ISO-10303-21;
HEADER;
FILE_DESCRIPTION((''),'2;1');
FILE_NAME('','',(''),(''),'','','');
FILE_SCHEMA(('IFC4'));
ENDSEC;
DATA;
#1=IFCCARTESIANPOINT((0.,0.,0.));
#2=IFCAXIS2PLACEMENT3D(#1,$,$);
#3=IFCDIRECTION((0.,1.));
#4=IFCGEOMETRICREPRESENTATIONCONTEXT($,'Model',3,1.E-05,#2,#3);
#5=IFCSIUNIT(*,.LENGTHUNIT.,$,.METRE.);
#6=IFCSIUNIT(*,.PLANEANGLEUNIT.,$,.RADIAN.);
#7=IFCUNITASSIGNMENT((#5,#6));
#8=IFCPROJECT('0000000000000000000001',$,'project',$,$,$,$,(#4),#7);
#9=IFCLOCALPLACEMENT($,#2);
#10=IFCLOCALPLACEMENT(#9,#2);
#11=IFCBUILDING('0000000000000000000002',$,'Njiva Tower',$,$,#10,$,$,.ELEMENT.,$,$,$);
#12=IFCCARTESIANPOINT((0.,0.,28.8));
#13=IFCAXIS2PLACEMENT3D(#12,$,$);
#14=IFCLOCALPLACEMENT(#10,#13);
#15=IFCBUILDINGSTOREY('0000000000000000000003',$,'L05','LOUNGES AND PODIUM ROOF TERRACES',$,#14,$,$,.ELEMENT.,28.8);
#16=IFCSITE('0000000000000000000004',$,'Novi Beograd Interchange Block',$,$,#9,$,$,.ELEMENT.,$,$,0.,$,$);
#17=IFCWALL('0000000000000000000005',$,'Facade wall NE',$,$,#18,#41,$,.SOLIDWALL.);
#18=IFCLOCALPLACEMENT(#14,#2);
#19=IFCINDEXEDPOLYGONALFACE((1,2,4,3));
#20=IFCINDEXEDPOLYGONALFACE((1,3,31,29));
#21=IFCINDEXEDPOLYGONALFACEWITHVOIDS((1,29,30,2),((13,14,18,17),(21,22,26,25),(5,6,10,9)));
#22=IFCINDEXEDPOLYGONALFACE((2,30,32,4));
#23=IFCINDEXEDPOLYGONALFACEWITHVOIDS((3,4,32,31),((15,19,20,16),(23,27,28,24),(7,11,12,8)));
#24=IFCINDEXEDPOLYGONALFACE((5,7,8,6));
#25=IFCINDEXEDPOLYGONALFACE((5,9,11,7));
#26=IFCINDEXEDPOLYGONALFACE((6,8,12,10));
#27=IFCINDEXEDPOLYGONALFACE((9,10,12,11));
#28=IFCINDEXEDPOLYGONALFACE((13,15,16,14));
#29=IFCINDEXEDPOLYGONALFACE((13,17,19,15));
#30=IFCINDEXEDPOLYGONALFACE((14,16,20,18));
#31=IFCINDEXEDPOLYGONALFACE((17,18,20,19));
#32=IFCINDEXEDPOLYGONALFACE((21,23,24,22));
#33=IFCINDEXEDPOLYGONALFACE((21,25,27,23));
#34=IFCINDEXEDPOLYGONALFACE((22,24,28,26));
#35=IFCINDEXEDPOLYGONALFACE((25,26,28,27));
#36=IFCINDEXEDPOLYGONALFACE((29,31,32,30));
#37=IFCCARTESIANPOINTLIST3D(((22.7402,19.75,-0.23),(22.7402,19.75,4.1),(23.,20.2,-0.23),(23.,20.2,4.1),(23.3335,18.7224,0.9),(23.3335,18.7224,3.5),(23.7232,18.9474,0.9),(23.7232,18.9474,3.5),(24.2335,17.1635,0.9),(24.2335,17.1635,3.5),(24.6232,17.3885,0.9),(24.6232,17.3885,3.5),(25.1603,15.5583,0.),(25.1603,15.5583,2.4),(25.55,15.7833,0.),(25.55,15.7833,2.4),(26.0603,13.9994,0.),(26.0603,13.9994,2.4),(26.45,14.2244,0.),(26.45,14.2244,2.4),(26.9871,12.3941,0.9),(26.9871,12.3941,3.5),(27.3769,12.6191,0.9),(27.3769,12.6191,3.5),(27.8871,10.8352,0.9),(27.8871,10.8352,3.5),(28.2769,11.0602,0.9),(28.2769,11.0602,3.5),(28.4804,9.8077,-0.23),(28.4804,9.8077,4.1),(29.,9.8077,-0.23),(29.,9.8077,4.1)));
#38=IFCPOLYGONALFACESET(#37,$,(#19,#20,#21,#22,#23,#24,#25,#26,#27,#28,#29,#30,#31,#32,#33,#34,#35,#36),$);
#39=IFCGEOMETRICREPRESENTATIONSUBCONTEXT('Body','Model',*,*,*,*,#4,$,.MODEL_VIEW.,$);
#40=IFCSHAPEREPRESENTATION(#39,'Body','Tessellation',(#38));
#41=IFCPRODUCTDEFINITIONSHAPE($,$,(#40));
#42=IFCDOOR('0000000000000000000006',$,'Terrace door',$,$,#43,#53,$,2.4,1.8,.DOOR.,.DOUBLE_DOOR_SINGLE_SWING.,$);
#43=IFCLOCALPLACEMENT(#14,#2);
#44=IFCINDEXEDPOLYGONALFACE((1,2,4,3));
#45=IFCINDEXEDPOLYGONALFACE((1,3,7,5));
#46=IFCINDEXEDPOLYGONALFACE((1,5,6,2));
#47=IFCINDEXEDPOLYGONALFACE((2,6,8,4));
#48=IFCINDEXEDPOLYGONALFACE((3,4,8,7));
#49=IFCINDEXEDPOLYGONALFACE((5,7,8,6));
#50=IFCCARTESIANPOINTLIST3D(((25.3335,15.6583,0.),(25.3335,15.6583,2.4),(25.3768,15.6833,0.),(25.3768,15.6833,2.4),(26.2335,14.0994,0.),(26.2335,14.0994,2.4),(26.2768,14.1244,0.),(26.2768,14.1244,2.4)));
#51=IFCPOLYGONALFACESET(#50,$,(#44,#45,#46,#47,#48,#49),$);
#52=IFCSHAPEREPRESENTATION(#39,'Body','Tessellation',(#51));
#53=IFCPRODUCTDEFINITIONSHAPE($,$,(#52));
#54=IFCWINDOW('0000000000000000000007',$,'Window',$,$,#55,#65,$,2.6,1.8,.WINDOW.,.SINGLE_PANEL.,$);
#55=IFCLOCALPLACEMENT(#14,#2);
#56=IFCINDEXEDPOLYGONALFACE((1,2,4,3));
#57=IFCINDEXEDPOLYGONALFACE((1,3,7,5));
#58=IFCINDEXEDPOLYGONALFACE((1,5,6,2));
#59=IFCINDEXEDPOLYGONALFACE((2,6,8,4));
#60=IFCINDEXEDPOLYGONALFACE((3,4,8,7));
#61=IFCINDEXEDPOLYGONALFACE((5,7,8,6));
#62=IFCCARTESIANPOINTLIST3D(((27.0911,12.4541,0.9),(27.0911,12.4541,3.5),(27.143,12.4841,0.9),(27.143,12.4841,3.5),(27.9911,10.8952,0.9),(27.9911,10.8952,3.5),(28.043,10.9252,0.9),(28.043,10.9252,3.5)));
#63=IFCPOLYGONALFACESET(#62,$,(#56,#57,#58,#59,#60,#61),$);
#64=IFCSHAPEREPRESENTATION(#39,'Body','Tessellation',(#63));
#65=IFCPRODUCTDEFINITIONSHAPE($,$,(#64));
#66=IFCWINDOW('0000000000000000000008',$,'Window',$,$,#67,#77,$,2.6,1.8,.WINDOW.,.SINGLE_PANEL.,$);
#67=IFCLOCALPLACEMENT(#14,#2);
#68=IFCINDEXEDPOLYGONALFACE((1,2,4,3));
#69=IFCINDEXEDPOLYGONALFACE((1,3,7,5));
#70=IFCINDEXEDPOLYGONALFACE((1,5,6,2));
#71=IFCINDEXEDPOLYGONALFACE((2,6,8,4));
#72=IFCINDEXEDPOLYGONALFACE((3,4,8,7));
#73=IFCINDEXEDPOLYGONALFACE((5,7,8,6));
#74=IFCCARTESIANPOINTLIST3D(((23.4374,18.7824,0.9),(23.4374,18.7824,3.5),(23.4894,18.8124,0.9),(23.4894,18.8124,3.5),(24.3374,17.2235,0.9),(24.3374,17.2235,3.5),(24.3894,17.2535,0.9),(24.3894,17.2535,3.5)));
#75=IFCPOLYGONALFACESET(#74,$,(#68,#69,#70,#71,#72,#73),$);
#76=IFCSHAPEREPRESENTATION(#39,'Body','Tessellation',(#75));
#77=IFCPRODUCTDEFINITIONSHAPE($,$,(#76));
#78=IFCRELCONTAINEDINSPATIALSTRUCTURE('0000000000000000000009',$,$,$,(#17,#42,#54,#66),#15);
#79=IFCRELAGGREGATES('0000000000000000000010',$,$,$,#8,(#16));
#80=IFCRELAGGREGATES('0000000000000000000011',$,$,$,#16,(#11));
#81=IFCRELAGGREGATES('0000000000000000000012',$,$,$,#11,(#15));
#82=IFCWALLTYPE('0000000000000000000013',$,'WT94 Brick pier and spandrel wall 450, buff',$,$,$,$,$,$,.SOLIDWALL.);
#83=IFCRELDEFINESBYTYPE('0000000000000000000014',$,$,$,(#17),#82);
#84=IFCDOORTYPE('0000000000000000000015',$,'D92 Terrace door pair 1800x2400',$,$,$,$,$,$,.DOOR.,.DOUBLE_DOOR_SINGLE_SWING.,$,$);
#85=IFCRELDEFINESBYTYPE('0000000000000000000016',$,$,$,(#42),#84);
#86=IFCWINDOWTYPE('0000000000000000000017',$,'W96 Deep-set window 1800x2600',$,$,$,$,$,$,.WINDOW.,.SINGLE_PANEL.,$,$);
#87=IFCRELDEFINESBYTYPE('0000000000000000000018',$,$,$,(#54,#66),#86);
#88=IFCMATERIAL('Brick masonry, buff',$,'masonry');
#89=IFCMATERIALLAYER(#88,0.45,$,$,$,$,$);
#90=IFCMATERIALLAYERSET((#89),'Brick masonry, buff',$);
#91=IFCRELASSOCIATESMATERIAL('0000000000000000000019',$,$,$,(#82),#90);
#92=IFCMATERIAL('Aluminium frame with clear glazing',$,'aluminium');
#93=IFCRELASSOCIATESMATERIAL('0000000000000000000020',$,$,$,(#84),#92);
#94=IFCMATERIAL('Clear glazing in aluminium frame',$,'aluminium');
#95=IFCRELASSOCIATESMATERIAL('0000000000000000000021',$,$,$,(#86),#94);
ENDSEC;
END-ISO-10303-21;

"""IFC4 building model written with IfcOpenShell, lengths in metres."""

from ifc_helpers import new_model, si_unit, direction, frame, frame_2d, origin, place, context, subcontext, project, spatial, polyline, rectangle, outline, extrude, material, layer, layer_set, type_object, element, fill, save


model = new_model("IFC4")

# Units and contexts
model_context = context("Model", 3, precision=1e-05, world=origin(), true_north=direction((0.0, 1.0)))
body_context = subcontext(model_context, "Body", "Model", "MODEL_VIEW")
ifc_project = project(units=[si_unit("LENGTHUNIT", "METRE"), si_unit("PLANEANGLEUNIT", "RADIAN")], contexts=[model_context])

# Site, building, storey
site_placement = place(None, origin())
site = spatial("IfcSite", under=ifc_project, at=site_placement, Name="Novi Beograd Interchange Block", CompositionType="ELEMENT", RefElevation=0.0)
building_placement = place(site_placement, origin())
building = spatial("IfcBuilding", under=site, at=building_placement, Name="Njiva Tower", CompositionType="ELEMENT")
storey_placement = place(building_placement, frame((0.0, 0.0, 28.8)))
storey = spatial("IfcBuildingStorey", under=building, at=storey_placement, Name="L05", Description="LOUNGES AND PODIUM ROOF TERRACES", CompositionType="ELEMENT", Elevation=28.8)

# Wall, openings, door, windows
ifc_material_1 = material(Name="Brick masonry, buff", Category="masonry")
ifc_layer_1 = layer(ifc_material_1, 0.45)
ifc_layer_set_1 = layer_set([ifc_layer_1], Name="Brick masonry, buff")
wall_type_1 = type_object("IfcWallType", Name="WT94 Brick pier and spandrel wall 450, buff", PredefinedType="SOLIDWALL", material=ifc_layer_set_1)
wall_1_placement = place(storey_placement, frame((28.7402, 9.8077, -0.23), z_axis=(0.0, 0.0, 1.0), x_axis=(-0.5, 0.866025, 0.0)))
wall_1 = element("IfcWall", 1, at=wall_1_placement, inside=storey, type_object=wall_type_1, Name="Facade wall NE", PredefinedType="SOLIDWALL", context=body_context, shape_type="SweptSolid", body=[
    extrude(outline(polyline([(-0.1299, -0.225), (11.8701, -0.225), (11.6103, 0.225), (0.1299, 0.225), (-0.1299, -0.225)])), origin(), (0.0, 0.0, 1.0), 4.33),
])
opening_1_placement = place(wall_1_placement, frame((1.3164, 0.0, 1.13)))
opening_1 = element("IfcOpeningElement", 2, at=opening_1_placement, cuts=wall_1, PredefinedType="OPENING", context=body_context, shape_type="SweptSolid", body=[
    extrude(rectangle(XDim=1.8, YDim=2.6, at=frame_2d((0.9, 1.3))), frame((0.0, 0.235, 0.0), z_axis=(0.0, -1.0, 0.0), x_axis=(1.0, 0.0, 0.0)), (0.0, 0.0, 1.0), 0.47),
])
opening_2_placement = place(wall_1_placement, frame((4.9701, 0.0, 0.23)))
opening_2 = element("IfcOpeningElement", 3, at=opening_2_placement, cuts=wall_1, PredefinedType="OPENING", context=body_context, shape_type="SweptSolid", body=[
    extrude(rectangle(XDim=1.8, YDim=2.4, at=frame_2d((0.9, 1.2))), frame((0.0, 0.235, 0.0), z_axis=(0.0, -1.0, 0.0), x_axis=(1.0, 0.0, 0.0)), (0.0, 0.0, 1.0), 0.47),
])
opening_3_placement = place(wall_1_placement, frame((8.6237, 0.0, 1.13)))
opening_3 = element("IfcOpeningElement", 4, at=opening_3_placement, cuts=wall_1, PredefinedType="OPENING", context=body_context, shape_type="SweptSolid", body=[
    extrude(rectangle(XDim=1.8, YDim=2.6, at=frame_2d((0.9, 1.3))), frame((0.0, 0.235, 0.0), z_axis=(0.0, -1.0, 0.0), x_axis=(1.0, 0.0, 0.0)), (0.0, 0.0, 1.0), 0.47),
])
ifc_material_2 = material(Name="Aluminium frame with clear glazing", Category="aluminium")
door_type_1 = type_object("IfcDoorType", Name="D92 Terrace door pair 1800x2400", OperationType="DOUBLE_DOOR_SINGLE_SWING", PredefinedType="DOOR", material=ifc_material_2)
door_1_placement = place(opening_2_placement, frame((1.8, 0.0, 0.0), z_axis=(0.0, 0.0, 1.0), x_axis=(-1.0, 0.0, 0.0)))
door_1 = element("IfcDoor", 5, at=door_1_placement, inside=storey, type_object=door_type_1, Name="Terrace door", OperationType="DOUBLE_DOOR_SINGLE_SWING", OverallHeight=2.4, OverallWidth=1.8, PredefinedType="DOOR", context=body_context, shape_type="SweptSolid", body=[
    extrude(rectangle(XDim=1.8, YDim=2.4, at=frame_2d((0.9, 1.2))), frame((0.0, 0.025, 0.0), z_axis=(0.0, -1.0, 0.0), x_axis=(1.0, 0.0, 0.0)), (0.0, 0.0, 1.0), 0.05),
])
fill(opening_2, door_1)
ifc_material_3 = material(Name="Clear glazing in aluminium frame", Category="aluminium")
window_type = type_object("IfcWindowType", Name="W96 Deep-set window 1800x2600", PartitioningType="SINGLE_PANEL", PredefinedType="WINDOW", material=ifc_material_3)
window_1_placement = place(opening_1_placement, origin())
window_1 = element("IfcWindow", 6, at=window_1_placement, inside=storey, type_object=window_type, Name="Window", OverallHeight=2.6, OverallWidth=1.8, PartitioningType="SINGLE_PANEL", PredefinedType="WINDOW", context=body_context, shape_type="SweptSolid", body=[
    extrude(rectangle(XDim=1.8, YDim=2.6, at=frame_2d((0.9, 1.3))), frame((0.0, 0.105, 0.0), z_axis=(0.0, -1.0, 0.0), x_axis=(1.0, 0.0, 0.0)), (0.0, 0.0, 1.0), 0.06),
])
fill(opening_1, window_1)
window_2_placement = place(opening_3_placement, origin())
window_2 = element("IfcWindow", 7, at=window_2_placement, inside=storey, type_object=window_type, Name="Window", OverallHeight=2.6, OverallWidth=1.8, PartitioningType="SINGLE_PANEL", PredefinedType="WINDOW", context=body_context, shape_type="SweptSolid", body=[
    extrude(rectangle(XDim=1.8, YDim=2.6, at=frame_2d((0.9, 1.3))), frame((0.0, 0.105, 0.0), z_axis=(0.0, -1.0, 0.0), x_axis=(1.0, 0.0, 0.0)), (0.0, 0.0, 1.0), 0.06),
])
fill(opening_3, window_2)

save(model, "model.ifc")
